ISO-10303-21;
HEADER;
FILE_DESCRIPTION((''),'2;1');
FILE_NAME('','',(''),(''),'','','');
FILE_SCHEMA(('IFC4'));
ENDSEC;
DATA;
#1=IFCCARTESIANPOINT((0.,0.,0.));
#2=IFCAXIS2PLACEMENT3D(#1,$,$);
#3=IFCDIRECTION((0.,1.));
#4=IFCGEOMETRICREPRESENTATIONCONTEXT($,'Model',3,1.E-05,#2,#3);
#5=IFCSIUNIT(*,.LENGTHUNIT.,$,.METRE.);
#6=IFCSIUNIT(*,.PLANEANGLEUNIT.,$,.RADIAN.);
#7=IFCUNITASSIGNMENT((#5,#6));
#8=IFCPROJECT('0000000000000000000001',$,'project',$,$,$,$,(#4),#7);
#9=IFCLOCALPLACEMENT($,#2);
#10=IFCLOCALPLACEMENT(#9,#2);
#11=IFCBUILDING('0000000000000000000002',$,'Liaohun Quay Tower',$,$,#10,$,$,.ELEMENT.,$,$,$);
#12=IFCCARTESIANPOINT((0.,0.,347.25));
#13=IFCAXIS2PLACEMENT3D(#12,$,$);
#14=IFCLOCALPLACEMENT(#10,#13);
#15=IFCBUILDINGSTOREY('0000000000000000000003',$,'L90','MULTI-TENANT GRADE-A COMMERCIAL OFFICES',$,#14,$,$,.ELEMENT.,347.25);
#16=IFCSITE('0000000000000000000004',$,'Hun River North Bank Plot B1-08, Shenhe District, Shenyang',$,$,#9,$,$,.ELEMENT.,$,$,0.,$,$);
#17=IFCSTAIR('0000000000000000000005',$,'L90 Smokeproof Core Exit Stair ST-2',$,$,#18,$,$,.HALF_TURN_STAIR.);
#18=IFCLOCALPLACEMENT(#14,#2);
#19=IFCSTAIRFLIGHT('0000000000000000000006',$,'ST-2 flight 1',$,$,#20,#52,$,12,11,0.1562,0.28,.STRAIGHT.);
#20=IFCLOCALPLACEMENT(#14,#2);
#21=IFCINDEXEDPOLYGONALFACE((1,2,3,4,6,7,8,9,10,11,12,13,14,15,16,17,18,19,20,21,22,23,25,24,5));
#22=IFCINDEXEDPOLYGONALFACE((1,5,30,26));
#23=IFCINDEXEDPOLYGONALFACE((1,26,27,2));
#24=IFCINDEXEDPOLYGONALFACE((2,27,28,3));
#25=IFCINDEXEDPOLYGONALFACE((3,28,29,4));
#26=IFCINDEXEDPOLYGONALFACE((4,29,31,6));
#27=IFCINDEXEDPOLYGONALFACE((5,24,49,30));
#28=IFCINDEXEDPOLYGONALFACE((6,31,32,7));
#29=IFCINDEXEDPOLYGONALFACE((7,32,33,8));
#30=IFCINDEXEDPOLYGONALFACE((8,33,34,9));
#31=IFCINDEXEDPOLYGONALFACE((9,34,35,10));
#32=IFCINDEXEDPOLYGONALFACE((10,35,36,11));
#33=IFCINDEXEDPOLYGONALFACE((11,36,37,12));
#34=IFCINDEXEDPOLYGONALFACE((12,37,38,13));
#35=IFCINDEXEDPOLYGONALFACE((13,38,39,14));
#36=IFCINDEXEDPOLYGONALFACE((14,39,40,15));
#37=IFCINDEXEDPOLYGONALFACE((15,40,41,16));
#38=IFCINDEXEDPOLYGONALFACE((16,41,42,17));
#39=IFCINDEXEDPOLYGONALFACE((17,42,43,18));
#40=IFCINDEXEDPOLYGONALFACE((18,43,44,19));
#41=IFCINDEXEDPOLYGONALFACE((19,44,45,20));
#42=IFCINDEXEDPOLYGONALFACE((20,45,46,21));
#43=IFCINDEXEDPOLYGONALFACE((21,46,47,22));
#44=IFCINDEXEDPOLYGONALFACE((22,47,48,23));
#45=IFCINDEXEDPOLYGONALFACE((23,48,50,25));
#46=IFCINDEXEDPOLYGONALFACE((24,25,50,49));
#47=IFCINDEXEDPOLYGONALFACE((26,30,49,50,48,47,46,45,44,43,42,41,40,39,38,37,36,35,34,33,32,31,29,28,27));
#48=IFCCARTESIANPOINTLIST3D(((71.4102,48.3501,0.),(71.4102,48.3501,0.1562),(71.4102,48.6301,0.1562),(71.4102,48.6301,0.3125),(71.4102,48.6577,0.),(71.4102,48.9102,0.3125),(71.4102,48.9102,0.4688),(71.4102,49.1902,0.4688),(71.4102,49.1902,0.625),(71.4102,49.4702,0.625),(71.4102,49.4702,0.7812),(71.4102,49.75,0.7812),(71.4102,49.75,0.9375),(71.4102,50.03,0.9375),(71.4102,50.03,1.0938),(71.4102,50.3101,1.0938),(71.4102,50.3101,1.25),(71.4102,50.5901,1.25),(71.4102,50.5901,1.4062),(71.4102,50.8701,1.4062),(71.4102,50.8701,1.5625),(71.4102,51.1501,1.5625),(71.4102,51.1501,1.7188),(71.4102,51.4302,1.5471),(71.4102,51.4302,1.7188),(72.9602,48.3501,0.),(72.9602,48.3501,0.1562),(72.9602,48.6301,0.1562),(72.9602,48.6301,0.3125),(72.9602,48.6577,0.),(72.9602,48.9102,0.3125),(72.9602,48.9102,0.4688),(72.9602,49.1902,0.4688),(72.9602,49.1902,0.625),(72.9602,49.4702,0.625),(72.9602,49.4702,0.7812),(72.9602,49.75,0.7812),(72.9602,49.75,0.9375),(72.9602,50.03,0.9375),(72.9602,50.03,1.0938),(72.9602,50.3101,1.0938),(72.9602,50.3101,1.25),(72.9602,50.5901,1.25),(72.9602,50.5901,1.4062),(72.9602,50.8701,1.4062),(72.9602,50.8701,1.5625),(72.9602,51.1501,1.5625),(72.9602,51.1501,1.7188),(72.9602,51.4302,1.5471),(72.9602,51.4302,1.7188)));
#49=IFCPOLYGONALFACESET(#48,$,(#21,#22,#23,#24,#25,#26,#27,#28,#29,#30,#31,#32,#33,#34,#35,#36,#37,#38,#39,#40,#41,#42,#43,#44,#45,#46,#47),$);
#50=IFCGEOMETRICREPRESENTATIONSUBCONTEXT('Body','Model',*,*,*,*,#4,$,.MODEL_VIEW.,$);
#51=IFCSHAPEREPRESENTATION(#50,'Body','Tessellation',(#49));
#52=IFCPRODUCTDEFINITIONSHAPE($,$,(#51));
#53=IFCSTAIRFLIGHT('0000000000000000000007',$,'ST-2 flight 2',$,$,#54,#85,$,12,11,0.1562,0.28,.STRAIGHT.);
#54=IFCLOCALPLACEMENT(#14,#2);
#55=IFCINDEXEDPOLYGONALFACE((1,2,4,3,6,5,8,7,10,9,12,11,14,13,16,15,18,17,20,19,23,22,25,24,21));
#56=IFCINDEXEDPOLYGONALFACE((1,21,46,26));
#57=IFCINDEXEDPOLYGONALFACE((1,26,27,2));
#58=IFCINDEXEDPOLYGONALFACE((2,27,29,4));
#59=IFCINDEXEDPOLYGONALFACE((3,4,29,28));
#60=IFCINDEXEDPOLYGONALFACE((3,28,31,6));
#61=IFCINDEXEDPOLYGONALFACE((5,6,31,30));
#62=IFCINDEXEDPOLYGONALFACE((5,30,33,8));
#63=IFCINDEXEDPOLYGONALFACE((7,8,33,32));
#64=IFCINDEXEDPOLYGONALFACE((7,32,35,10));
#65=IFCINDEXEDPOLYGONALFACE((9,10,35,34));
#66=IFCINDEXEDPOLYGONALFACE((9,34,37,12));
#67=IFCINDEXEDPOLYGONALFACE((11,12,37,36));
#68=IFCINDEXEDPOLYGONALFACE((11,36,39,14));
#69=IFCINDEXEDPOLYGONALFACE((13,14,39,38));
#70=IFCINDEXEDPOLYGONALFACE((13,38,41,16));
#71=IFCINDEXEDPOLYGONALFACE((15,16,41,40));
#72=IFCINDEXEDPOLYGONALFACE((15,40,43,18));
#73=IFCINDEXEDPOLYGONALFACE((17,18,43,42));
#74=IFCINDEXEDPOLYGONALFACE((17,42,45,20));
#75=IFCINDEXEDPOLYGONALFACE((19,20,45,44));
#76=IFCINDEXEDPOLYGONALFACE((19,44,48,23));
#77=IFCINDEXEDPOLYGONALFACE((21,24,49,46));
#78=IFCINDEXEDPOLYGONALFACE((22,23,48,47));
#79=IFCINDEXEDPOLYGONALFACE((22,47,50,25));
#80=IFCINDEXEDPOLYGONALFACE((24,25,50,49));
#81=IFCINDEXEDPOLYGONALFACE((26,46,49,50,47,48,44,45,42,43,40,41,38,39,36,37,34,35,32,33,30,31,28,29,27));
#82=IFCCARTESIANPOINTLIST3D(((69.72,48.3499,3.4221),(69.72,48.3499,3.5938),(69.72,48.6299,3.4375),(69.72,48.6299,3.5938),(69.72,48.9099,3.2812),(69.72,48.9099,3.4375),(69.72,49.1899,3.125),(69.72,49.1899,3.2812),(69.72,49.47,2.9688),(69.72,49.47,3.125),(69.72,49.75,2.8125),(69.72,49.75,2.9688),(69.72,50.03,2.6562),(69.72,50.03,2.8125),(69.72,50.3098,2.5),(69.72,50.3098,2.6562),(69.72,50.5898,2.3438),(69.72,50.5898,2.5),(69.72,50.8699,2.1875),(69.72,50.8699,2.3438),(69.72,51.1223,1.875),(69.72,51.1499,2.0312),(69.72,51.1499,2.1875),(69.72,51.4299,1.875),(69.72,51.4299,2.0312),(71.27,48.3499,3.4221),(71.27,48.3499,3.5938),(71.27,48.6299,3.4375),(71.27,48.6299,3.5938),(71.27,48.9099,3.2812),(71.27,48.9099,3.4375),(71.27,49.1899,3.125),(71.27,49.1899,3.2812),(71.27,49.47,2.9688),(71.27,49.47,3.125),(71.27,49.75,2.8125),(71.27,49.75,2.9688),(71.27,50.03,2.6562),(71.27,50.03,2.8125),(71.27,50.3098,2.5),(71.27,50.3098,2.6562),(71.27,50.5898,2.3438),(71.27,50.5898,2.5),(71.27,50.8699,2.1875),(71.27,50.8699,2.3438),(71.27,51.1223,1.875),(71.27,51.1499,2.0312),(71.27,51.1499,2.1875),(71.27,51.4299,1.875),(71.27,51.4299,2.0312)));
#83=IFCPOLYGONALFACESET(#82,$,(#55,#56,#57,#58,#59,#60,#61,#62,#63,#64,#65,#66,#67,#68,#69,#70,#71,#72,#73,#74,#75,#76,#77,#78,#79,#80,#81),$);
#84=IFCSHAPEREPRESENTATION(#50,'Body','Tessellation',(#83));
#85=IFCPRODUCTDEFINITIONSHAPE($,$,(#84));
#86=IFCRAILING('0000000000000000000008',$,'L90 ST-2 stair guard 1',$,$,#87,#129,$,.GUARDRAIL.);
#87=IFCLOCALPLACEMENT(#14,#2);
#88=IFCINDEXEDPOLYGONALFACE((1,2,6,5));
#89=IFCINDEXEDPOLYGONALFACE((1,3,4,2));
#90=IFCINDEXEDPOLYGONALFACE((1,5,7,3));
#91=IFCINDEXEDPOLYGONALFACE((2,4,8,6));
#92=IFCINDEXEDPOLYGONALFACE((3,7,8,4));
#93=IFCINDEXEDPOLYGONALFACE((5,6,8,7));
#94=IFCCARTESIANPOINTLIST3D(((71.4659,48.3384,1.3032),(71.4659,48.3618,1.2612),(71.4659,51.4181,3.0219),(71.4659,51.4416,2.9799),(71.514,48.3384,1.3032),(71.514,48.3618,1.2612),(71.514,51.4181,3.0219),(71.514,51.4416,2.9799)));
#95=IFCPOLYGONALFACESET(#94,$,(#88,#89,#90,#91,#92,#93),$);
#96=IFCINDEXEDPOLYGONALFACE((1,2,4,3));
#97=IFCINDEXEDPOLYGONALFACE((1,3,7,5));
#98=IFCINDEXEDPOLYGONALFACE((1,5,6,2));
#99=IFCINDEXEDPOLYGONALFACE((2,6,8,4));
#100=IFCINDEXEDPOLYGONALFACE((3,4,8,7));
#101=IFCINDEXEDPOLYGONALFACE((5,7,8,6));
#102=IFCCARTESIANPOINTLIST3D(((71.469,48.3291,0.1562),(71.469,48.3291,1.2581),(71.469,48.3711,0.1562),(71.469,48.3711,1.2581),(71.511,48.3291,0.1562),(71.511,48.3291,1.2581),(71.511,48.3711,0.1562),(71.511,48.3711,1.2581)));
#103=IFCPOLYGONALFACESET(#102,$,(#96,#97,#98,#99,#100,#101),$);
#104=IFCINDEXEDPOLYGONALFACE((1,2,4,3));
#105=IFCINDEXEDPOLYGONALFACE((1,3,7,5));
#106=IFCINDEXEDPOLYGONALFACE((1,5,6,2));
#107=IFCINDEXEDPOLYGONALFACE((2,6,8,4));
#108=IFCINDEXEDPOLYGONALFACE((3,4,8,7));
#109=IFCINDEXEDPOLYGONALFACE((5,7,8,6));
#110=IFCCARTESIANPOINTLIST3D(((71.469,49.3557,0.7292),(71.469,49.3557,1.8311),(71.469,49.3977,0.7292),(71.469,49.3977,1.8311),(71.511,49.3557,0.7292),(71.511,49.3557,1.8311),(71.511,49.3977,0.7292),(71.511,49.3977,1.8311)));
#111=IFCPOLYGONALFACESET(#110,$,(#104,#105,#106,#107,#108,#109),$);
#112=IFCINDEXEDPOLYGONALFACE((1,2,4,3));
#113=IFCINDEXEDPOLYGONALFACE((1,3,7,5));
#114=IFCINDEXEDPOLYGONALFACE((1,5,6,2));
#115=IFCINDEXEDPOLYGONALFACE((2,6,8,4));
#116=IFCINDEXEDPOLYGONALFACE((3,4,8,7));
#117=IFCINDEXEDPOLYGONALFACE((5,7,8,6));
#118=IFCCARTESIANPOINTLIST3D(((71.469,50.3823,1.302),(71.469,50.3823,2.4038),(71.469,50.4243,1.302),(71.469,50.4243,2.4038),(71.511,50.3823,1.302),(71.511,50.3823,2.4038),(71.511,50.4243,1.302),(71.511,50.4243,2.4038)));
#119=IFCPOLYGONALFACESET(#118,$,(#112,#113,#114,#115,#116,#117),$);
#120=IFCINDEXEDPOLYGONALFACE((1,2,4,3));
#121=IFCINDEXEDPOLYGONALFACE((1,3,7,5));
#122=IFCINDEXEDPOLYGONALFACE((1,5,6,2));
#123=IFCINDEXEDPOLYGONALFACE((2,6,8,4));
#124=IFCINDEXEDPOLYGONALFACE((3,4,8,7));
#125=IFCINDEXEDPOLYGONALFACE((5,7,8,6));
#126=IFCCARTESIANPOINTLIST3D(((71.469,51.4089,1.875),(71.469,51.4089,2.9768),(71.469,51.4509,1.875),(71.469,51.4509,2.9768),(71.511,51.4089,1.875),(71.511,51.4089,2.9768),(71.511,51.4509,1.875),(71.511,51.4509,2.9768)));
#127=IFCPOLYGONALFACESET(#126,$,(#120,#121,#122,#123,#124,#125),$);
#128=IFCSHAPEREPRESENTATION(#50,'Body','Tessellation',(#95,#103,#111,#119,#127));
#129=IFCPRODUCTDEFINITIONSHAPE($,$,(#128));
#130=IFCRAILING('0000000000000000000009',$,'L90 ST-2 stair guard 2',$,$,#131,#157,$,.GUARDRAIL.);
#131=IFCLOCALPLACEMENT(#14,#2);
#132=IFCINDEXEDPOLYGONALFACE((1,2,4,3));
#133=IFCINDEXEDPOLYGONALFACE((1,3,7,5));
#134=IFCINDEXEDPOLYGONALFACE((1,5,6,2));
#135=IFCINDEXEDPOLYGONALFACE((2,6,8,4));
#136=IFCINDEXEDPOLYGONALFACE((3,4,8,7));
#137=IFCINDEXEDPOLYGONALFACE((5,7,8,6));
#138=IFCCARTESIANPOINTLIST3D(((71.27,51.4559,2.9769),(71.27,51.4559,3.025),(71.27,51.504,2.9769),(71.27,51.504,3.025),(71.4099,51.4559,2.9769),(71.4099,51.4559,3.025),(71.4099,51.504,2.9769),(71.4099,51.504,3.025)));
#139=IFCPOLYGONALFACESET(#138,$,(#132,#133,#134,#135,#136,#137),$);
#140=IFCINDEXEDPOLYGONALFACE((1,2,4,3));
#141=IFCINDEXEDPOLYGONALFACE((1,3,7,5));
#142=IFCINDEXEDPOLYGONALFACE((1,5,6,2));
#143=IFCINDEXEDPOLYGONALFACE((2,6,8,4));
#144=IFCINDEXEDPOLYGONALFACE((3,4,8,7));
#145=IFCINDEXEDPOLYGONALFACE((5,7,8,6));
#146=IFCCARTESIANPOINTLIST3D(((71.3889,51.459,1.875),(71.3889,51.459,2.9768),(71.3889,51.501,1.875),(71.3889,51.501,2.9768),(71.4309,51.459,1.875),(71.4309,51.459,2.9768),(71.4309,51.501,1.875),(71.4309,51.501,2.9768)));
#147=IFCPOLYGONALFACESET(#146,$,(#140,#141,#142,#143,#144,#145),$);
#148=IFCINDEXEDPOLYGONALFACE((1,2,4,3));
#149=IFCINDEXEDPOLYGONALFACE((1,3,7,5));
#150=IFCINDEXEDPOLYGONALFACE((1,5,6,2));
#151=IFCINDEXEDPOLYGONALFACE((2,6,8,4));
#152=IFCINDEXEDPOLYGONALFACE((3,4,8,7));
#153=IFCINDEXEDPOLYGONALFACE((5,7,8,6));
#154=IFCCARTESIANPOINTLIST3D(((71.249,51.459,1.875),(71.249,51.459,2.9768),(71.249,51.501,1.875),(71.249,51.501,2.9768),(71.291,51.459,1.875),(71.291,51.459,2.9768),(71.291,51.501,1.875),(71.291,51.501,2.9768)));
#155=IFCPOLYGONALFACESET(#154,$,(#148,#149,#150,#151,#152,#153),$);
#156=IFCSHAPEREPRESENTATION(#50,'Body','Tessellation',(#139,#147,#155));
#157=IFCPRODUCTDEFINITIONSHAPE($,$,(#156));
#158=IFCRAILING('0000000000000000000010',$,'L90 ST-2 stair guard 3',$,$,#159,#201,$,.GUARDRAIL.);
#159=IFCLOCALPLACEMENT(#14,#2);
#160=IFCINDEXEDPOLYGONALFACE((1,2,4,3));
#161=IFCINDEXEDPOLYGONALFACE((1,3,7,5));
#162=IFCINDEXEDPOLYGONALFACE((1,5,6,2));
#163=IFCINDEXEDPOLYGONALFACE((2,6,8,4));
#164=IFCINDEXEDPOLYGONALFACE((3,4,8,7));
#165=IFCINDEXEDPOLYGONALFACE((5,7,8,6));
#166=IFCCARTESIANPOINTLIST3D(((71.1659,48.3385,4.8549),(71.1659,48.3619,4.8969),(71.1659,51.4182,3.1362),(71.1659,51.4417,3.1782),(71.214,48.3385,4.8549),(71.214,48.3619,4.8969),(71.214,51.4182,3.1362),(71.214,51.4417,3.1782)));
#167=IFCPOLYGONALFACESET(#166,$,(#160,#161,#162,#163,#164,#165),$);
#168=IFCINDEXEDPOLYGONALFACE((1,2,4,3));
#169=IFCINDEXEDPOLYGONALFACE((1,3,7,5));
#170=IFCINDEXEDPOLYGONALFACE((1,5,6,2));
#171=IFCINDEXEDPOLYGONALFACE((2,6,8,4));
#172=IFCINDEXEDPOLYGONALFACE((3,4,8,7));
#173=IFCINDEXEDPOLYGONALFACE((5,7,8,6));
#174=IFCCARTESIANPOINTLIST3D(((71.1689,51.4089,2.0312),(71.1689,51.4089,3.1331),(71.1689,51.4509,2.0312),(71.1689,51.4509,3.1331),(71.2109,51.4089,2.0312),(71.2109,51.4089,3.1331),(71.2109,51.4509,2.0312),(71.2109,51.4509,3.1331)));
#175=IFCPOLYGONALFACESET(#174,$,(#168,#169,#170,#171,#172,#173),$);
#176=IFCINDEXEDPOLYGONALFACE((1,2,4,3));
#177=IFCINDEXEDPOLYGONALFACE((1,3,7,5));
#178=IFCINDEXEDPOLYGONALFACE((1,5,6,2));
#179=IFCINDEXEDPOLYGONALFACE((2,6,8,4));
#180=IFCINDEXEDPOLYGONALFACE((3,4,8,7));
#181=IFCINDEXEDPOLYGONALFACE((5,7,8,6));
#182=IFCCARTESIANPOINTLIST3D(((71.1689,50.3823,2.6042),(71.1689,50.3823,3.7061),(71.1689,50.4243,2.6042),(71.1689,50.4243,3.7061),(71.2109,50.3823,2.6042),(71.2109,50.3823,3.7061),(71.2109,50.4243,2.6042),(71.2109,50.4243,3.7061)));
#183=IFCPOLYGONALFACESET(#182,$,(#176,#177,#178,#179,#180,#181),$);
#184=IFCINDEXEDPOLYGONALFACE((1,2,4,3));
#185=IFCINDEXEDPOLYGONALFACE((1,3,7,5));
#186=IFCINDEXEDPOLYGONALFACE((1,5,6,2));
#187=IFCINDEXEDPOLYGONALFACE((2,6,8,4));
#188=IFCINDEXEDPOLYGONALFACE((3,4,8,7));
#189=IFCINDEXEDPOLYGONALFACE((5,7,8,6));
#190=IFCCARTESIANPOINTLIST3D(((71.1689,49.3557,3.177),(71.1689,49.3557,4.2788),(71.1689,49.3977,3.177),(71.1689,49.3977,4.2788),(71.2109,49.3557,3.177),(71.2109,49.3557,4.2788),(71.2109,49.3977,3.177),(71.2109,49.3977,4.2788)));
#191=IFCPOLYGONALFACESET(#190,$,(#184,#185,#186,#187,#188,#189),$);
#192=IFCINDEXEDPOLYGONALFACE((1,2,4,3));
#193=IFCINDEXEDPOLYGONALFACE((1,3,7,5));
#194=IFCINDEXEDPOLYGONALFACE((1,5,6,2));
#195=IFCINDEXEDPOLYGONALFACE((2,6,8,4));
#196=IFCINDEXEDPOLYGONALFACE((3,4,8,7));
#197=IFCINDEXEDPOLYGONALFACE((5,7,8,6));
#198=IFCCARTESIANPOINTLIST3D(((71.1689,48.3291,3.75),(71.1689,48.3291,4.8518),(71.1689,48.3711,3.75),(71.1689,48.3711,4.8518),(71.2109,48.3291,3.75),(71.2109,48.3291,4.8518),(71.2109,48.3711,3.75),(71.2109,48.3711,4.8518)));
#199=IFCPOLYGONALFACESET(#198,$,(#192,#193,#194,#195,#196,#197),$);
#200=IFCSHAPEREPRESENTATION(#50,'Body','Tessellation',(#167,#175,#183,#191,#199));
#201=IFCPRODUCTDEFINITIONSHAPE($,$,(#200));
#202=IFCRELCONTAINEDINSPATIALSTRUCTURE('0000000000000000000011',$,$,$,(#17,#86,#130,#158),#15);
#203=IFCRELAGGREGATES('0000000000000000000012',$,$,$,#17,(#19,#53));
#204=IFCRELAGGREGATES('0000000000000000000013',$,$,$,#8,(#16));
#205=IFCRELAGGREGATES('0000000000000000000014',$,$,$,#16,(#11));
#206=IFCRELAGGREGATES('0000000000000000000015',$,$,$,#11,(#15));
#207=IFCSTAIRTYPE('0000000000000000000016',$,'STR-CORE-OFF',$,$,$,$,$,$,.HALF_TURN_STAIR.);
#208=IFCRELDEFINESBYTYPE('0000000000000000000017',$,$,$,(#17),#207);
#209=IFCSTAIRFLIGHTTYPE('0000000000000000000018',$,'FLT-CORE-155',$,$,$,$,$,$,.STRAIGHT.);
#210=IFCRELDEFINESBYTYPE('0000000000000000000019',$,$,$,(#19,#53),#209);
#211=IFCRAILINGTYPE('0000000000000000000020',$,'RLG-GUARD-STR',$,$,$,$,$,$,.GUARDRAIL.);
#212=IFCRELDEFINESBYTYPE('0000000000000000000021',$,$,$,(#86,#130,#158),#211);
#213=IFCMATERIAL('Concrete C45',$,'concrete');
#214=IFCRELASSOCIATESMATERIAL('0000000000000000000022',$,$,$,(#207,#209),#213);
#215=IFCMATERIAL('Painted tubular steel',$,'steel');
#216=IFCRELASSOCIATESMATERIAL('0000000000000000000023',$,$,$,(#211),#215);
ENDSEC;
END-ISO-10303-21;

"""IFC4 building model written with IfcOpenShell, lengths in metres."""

from ifc_helpers import new_model, si_unit, direction, frame, origin, origin_2d, place, context, subcontext, project, spatial, polyline, rectangle, outline, extrude, material, type_object, element, aggregate, save


model = new_model("IFC4")

# Units and contexts
model_context = context("Model", 3, precision=1e-05, world=origin(), true_north=direction((0.0, 1.0)))
body_context = subcontext(model_context, "Body", "Model", "MODEL_VIEW")
ifc_project = project(units=[si_unit("LENGTHUNIT", "METRE"), si_unit("PLANEANGLEUNIT", "RADIAN")], contexts=[model_context])

# Site, building, storey
site_placement = place(None, origin())
site = spatial("IfcSite", under=ifc_project, at=site_placement, Name="Hun River North Bank Plot B1-08, Shenhe District, Shenyang", CompositionType="ELEMENT", RefElevation=0.0)
building_placement = place(site_placement, origin())
building = spatial("IfcBuilding", under=site, at=building_placement, Name="Liaohun Quay Tower", CompositionType="ELEMENT")
storey_placement = place(building_placement, frame((0.0, 0.0, 347.25)))
storey = spatial("IfcBuildingStorey", under=building, at=storey_placement, Name="L90", Description="MULTI-TENANT GRADE-A COMMERCIAL OFFICES", CompositionType="ELEMENT", Elevation=347.25)

# Stair, stair flights
ifc_material_1 = material(Name="Concrete C45", Category="concrete")
stair_type = type_object("IfcStairType", Name="STR-CORE-OFF", PredefinedType="HALF_TURN_STAIR", material=ifc_material_1)
stair_placement = place(storey_placement, origin())
stair = element("IfcStair", 1, at=stair_placement, inside=storey, type_object=stair_type, Name="L90 Smokeproof Core Exit Stair ST-2", PredefinedType="HALF_TURN_STAIR")
stair_flight_type = type_object("IfcStairFlightType", Name="FLT-CORE-155", PredefinedType="STRAIGHT", material=ifc_material_1)
stair_flight_1_placement = place(storey_placement, frame((72.1851, 48.3501, 0.0), z_axis=(0.0, 0.0, 1.0), x_axis=(0.0, 1.0, 0.0)))
stair_flight_1 = element("IfcStairFlight", 2, at=stair_flight_1_placement, type_object=stair_flight_type, Name="ST-2 flight 1", NumberOfRisers=12, NumberOfTreads=11, PredefinedType="STRAIGHT", RiserHeight=0.1562, TreadLength=0.28, context=body_context, shape_type="SweptSolid", body=[
    extrude(outline(polyline([(0.0, 0.0), (0.0, 0.1562), (0.28, 0.1562), (0.28, 0.3125), (0.5601, 0.3125), (0.5601, 0.4688), (0.8401, 0.4688), (0.8401, 0.625), (1.1201, 0.625), (1.1201, 0.7812), (1.3999, 0.7812), (1.3999, 0.9375), (1.6799, 0.9375), (1.6799, 1.0938), (1.96, 1.0938), (1.96, 1.25), (2.24, 1.25), (2.24, 1.4062), (2.52, 1.4062), (2.52, 1.5625), (2.8, 1.5625), (2.8, 1.7188), (3.0801, 1.7188), (3.0801, 1.875), (3.0801, 1.5471), (0.3076, 0.0), (0.0, 0.0)])), frame((0.0, 0.7749, 0.0), z_axis=(0.0, -1.0, 0.0), x_axis=(1.0, 0.0, 0.0)), (0.0, 0.0, 1.0), 1.55),
])
stair_flight_2_placement = place(storey_placement, frame((70.4951, 51.4299, 1.875), z_axis=(0.0, 0.0, 1.0), x_axis=(0.0, -1.0, 0.0)))
stair_flight_2 = element("IfcStairFlight", 3, at=stair_flight_2_placement, type_object=stair_flight_type, Name="ST-2 flight 2", NumberOfRisers=12, NumberOfTreads=11, PredefinedType="STRAIGHT", RiserHeight=0.1562, TreadLength=0.28, context=body_context, shape_type="SweptSolid", body=[
    extrude(outline(polyline([(0.0, 0.0), (0.0, 0.1562), (0.28, 0.1562), (0.28, 0.3125), (0.5601, 0.3125), (0.5601, 0.4688), (0.8401, 0.4688), (0.8401, 0.625), (1.1201, 0.625), (1.1201, 0.7812), (1.3999, 0.7812), (1.3999, 0.9375), (1.6799, 0.9375), (1.6799, 1.0938), (1.96, 1.0938), (1.96, 1.25), (2.24, 1.25), (2.24, 1.4062), (2.52, 1.4062), (2.52, 1.5625), (2.8, 1.5625), (2.8, 1.7188), (3.0801, 1.7188), (3.0801, 1.875), (3.0801, 1.5471), (0.3076, 0.0), (0.0, 0.0)])), frame((0.0, 0.7749, 0.0), z_axis=(0.0, -1.0, 0.0), x_axis=(1.0, 0.0, 0.0)), (0.0, 0.0, 1.0), 1.55),
])
aggregate(stair, [stair_flight_1, stair_flight_2])

# Railings
ifc_material_2 = material(Name="Painted tubular steel", Category="steel")
railing_type_1 = type_object("IfcRailingType", Name="RLG-GUARD-STR", PredefinedType="GUARDRAIL", material=ifc_material_2)
railing_1_placement = place(storey_placement, frame((71.49, 48.3501, 0.1562)))
element("IfcRailing", 4, at=railing_1_placement, inside=storey, type_object=railing_type_1, Name="L90 ST-2 stair guard 1", PredefinedType="GUARDRAIL", context=body_context, shape_type="SweptSolid", body=[
    extrude(rectangle(XDim=0.0481, YDim=0.0481, at=origin_2d()), frame((0.0, 0.0, 1.126), z_axis=(0.0, 0.873225, 0.487317), x_axis=(-1.0, 0.0, 0.0)), (0.0, 0.0, 1.0), 3.5269),
    extrude(rectangle(XDim=0.042, YDim=0.042, at=origin_2d()), origin(), (0.0, 0.0, 1.0), 1.1018),
    extrude(rectangle(XDim=0.042, YDim=0.042, at=origin_2d()), frame((0.0, 1.0266, 0.573)), (0.0, 0.0, 1.0), 1.1018),
    extrude(rectangle(XDim=0.042, YDim=0.042, at=origin_2d()), frame((0.0, 2.0532, 1.1458)), (0.0, 0.0, 1.0), 1.1018),
    extrude(rectangle(XDim=0.042, YDim=0.042, at=origin_2d()), frame((0.0, 3.0798, 1.7188)), (0.0, 0.0, 1.0), 1.1018),
])
railing_2_placement = place(storey_placement, frame((71.4099, 51.48, 1.875)))
element("IfcRailing", 5, at=railing_2_placement, inside=storey, type_object=railing_type_1, Name="L90 ST-2 stair guard 2", PredefinedType="GUARDRAIL", context=body_context, shape_type="SweptSolid", body=[
    extrude(rectangle(XDim=0.0481, YDim=0.0481, at=origin_2d()), frame((0.0, 0.0, 1.126), z_axis=(-1.0, 0.0, 0.0), x_axis=(0.0, -1.0, 0.0)), (0.0, 0.0, 1.0), 0.1399),
    extrude(rectangle(XDim=0.042, YDim=0.042, at=origin_2d()), origin(), (0.0, 0.0, 1.0), 1.1018),
    extrude(rectangle(XDim=0.042, YDim=0.042, at=origin_2d()), frame((-0.1399, 0.0, 0.0)), (0.0, 0.0, 1.0), 1.1018),
])
railing_3_placement = place(storey_placement, frame((71.1899, 51.4299, 2.0312)))
element("IfcRailing", 6, at=railing_3_placement, inside=storey, type_object=railing_type_1, Name="L90 ST-2 stair guard 3", PredefinedType="GUARDRAIL", context=body_context, shape_type="SweptSolid", body=[
    extrude(rectangle(XDim=0.0481, YDim=0.0481, at=origin_2d()), frame((0.0, 0.0, 1.126), z_axis=(0.0, -0.873225, 0.487317), x_axis=(1.0, 0.0, 0.0)), (0.0, 0.0, 1.0), 3.5269),
    extrude(rectangle(XDim=0.042, YDim=0.042, at=origin_2d()), origin(), (0.0, 0.0, 1.0), 1.1018),
    extrude(rectangle(XDim=0.042, YDim=0.042, at=origin_2d()), frame((0.0, -1.0266, 0.573)), (0.0, 0.0, 1.0), 1.1018),
    extrude(rectangle(XDim=0.042, YDim=0.042, at=origin_2d()), frame((0.0, -2.0532, 1.1458)), (0.0, 0.0, 1.0), 1.1018),
    extrude(rectangle(XDim=0.042, YDim=0.042, at=origin_2d()), frame((0.0, -3.0798, 1.7188)), (0.0, 0.0, 1.0), 1.1018),
])

save(model, "model.ifc")
